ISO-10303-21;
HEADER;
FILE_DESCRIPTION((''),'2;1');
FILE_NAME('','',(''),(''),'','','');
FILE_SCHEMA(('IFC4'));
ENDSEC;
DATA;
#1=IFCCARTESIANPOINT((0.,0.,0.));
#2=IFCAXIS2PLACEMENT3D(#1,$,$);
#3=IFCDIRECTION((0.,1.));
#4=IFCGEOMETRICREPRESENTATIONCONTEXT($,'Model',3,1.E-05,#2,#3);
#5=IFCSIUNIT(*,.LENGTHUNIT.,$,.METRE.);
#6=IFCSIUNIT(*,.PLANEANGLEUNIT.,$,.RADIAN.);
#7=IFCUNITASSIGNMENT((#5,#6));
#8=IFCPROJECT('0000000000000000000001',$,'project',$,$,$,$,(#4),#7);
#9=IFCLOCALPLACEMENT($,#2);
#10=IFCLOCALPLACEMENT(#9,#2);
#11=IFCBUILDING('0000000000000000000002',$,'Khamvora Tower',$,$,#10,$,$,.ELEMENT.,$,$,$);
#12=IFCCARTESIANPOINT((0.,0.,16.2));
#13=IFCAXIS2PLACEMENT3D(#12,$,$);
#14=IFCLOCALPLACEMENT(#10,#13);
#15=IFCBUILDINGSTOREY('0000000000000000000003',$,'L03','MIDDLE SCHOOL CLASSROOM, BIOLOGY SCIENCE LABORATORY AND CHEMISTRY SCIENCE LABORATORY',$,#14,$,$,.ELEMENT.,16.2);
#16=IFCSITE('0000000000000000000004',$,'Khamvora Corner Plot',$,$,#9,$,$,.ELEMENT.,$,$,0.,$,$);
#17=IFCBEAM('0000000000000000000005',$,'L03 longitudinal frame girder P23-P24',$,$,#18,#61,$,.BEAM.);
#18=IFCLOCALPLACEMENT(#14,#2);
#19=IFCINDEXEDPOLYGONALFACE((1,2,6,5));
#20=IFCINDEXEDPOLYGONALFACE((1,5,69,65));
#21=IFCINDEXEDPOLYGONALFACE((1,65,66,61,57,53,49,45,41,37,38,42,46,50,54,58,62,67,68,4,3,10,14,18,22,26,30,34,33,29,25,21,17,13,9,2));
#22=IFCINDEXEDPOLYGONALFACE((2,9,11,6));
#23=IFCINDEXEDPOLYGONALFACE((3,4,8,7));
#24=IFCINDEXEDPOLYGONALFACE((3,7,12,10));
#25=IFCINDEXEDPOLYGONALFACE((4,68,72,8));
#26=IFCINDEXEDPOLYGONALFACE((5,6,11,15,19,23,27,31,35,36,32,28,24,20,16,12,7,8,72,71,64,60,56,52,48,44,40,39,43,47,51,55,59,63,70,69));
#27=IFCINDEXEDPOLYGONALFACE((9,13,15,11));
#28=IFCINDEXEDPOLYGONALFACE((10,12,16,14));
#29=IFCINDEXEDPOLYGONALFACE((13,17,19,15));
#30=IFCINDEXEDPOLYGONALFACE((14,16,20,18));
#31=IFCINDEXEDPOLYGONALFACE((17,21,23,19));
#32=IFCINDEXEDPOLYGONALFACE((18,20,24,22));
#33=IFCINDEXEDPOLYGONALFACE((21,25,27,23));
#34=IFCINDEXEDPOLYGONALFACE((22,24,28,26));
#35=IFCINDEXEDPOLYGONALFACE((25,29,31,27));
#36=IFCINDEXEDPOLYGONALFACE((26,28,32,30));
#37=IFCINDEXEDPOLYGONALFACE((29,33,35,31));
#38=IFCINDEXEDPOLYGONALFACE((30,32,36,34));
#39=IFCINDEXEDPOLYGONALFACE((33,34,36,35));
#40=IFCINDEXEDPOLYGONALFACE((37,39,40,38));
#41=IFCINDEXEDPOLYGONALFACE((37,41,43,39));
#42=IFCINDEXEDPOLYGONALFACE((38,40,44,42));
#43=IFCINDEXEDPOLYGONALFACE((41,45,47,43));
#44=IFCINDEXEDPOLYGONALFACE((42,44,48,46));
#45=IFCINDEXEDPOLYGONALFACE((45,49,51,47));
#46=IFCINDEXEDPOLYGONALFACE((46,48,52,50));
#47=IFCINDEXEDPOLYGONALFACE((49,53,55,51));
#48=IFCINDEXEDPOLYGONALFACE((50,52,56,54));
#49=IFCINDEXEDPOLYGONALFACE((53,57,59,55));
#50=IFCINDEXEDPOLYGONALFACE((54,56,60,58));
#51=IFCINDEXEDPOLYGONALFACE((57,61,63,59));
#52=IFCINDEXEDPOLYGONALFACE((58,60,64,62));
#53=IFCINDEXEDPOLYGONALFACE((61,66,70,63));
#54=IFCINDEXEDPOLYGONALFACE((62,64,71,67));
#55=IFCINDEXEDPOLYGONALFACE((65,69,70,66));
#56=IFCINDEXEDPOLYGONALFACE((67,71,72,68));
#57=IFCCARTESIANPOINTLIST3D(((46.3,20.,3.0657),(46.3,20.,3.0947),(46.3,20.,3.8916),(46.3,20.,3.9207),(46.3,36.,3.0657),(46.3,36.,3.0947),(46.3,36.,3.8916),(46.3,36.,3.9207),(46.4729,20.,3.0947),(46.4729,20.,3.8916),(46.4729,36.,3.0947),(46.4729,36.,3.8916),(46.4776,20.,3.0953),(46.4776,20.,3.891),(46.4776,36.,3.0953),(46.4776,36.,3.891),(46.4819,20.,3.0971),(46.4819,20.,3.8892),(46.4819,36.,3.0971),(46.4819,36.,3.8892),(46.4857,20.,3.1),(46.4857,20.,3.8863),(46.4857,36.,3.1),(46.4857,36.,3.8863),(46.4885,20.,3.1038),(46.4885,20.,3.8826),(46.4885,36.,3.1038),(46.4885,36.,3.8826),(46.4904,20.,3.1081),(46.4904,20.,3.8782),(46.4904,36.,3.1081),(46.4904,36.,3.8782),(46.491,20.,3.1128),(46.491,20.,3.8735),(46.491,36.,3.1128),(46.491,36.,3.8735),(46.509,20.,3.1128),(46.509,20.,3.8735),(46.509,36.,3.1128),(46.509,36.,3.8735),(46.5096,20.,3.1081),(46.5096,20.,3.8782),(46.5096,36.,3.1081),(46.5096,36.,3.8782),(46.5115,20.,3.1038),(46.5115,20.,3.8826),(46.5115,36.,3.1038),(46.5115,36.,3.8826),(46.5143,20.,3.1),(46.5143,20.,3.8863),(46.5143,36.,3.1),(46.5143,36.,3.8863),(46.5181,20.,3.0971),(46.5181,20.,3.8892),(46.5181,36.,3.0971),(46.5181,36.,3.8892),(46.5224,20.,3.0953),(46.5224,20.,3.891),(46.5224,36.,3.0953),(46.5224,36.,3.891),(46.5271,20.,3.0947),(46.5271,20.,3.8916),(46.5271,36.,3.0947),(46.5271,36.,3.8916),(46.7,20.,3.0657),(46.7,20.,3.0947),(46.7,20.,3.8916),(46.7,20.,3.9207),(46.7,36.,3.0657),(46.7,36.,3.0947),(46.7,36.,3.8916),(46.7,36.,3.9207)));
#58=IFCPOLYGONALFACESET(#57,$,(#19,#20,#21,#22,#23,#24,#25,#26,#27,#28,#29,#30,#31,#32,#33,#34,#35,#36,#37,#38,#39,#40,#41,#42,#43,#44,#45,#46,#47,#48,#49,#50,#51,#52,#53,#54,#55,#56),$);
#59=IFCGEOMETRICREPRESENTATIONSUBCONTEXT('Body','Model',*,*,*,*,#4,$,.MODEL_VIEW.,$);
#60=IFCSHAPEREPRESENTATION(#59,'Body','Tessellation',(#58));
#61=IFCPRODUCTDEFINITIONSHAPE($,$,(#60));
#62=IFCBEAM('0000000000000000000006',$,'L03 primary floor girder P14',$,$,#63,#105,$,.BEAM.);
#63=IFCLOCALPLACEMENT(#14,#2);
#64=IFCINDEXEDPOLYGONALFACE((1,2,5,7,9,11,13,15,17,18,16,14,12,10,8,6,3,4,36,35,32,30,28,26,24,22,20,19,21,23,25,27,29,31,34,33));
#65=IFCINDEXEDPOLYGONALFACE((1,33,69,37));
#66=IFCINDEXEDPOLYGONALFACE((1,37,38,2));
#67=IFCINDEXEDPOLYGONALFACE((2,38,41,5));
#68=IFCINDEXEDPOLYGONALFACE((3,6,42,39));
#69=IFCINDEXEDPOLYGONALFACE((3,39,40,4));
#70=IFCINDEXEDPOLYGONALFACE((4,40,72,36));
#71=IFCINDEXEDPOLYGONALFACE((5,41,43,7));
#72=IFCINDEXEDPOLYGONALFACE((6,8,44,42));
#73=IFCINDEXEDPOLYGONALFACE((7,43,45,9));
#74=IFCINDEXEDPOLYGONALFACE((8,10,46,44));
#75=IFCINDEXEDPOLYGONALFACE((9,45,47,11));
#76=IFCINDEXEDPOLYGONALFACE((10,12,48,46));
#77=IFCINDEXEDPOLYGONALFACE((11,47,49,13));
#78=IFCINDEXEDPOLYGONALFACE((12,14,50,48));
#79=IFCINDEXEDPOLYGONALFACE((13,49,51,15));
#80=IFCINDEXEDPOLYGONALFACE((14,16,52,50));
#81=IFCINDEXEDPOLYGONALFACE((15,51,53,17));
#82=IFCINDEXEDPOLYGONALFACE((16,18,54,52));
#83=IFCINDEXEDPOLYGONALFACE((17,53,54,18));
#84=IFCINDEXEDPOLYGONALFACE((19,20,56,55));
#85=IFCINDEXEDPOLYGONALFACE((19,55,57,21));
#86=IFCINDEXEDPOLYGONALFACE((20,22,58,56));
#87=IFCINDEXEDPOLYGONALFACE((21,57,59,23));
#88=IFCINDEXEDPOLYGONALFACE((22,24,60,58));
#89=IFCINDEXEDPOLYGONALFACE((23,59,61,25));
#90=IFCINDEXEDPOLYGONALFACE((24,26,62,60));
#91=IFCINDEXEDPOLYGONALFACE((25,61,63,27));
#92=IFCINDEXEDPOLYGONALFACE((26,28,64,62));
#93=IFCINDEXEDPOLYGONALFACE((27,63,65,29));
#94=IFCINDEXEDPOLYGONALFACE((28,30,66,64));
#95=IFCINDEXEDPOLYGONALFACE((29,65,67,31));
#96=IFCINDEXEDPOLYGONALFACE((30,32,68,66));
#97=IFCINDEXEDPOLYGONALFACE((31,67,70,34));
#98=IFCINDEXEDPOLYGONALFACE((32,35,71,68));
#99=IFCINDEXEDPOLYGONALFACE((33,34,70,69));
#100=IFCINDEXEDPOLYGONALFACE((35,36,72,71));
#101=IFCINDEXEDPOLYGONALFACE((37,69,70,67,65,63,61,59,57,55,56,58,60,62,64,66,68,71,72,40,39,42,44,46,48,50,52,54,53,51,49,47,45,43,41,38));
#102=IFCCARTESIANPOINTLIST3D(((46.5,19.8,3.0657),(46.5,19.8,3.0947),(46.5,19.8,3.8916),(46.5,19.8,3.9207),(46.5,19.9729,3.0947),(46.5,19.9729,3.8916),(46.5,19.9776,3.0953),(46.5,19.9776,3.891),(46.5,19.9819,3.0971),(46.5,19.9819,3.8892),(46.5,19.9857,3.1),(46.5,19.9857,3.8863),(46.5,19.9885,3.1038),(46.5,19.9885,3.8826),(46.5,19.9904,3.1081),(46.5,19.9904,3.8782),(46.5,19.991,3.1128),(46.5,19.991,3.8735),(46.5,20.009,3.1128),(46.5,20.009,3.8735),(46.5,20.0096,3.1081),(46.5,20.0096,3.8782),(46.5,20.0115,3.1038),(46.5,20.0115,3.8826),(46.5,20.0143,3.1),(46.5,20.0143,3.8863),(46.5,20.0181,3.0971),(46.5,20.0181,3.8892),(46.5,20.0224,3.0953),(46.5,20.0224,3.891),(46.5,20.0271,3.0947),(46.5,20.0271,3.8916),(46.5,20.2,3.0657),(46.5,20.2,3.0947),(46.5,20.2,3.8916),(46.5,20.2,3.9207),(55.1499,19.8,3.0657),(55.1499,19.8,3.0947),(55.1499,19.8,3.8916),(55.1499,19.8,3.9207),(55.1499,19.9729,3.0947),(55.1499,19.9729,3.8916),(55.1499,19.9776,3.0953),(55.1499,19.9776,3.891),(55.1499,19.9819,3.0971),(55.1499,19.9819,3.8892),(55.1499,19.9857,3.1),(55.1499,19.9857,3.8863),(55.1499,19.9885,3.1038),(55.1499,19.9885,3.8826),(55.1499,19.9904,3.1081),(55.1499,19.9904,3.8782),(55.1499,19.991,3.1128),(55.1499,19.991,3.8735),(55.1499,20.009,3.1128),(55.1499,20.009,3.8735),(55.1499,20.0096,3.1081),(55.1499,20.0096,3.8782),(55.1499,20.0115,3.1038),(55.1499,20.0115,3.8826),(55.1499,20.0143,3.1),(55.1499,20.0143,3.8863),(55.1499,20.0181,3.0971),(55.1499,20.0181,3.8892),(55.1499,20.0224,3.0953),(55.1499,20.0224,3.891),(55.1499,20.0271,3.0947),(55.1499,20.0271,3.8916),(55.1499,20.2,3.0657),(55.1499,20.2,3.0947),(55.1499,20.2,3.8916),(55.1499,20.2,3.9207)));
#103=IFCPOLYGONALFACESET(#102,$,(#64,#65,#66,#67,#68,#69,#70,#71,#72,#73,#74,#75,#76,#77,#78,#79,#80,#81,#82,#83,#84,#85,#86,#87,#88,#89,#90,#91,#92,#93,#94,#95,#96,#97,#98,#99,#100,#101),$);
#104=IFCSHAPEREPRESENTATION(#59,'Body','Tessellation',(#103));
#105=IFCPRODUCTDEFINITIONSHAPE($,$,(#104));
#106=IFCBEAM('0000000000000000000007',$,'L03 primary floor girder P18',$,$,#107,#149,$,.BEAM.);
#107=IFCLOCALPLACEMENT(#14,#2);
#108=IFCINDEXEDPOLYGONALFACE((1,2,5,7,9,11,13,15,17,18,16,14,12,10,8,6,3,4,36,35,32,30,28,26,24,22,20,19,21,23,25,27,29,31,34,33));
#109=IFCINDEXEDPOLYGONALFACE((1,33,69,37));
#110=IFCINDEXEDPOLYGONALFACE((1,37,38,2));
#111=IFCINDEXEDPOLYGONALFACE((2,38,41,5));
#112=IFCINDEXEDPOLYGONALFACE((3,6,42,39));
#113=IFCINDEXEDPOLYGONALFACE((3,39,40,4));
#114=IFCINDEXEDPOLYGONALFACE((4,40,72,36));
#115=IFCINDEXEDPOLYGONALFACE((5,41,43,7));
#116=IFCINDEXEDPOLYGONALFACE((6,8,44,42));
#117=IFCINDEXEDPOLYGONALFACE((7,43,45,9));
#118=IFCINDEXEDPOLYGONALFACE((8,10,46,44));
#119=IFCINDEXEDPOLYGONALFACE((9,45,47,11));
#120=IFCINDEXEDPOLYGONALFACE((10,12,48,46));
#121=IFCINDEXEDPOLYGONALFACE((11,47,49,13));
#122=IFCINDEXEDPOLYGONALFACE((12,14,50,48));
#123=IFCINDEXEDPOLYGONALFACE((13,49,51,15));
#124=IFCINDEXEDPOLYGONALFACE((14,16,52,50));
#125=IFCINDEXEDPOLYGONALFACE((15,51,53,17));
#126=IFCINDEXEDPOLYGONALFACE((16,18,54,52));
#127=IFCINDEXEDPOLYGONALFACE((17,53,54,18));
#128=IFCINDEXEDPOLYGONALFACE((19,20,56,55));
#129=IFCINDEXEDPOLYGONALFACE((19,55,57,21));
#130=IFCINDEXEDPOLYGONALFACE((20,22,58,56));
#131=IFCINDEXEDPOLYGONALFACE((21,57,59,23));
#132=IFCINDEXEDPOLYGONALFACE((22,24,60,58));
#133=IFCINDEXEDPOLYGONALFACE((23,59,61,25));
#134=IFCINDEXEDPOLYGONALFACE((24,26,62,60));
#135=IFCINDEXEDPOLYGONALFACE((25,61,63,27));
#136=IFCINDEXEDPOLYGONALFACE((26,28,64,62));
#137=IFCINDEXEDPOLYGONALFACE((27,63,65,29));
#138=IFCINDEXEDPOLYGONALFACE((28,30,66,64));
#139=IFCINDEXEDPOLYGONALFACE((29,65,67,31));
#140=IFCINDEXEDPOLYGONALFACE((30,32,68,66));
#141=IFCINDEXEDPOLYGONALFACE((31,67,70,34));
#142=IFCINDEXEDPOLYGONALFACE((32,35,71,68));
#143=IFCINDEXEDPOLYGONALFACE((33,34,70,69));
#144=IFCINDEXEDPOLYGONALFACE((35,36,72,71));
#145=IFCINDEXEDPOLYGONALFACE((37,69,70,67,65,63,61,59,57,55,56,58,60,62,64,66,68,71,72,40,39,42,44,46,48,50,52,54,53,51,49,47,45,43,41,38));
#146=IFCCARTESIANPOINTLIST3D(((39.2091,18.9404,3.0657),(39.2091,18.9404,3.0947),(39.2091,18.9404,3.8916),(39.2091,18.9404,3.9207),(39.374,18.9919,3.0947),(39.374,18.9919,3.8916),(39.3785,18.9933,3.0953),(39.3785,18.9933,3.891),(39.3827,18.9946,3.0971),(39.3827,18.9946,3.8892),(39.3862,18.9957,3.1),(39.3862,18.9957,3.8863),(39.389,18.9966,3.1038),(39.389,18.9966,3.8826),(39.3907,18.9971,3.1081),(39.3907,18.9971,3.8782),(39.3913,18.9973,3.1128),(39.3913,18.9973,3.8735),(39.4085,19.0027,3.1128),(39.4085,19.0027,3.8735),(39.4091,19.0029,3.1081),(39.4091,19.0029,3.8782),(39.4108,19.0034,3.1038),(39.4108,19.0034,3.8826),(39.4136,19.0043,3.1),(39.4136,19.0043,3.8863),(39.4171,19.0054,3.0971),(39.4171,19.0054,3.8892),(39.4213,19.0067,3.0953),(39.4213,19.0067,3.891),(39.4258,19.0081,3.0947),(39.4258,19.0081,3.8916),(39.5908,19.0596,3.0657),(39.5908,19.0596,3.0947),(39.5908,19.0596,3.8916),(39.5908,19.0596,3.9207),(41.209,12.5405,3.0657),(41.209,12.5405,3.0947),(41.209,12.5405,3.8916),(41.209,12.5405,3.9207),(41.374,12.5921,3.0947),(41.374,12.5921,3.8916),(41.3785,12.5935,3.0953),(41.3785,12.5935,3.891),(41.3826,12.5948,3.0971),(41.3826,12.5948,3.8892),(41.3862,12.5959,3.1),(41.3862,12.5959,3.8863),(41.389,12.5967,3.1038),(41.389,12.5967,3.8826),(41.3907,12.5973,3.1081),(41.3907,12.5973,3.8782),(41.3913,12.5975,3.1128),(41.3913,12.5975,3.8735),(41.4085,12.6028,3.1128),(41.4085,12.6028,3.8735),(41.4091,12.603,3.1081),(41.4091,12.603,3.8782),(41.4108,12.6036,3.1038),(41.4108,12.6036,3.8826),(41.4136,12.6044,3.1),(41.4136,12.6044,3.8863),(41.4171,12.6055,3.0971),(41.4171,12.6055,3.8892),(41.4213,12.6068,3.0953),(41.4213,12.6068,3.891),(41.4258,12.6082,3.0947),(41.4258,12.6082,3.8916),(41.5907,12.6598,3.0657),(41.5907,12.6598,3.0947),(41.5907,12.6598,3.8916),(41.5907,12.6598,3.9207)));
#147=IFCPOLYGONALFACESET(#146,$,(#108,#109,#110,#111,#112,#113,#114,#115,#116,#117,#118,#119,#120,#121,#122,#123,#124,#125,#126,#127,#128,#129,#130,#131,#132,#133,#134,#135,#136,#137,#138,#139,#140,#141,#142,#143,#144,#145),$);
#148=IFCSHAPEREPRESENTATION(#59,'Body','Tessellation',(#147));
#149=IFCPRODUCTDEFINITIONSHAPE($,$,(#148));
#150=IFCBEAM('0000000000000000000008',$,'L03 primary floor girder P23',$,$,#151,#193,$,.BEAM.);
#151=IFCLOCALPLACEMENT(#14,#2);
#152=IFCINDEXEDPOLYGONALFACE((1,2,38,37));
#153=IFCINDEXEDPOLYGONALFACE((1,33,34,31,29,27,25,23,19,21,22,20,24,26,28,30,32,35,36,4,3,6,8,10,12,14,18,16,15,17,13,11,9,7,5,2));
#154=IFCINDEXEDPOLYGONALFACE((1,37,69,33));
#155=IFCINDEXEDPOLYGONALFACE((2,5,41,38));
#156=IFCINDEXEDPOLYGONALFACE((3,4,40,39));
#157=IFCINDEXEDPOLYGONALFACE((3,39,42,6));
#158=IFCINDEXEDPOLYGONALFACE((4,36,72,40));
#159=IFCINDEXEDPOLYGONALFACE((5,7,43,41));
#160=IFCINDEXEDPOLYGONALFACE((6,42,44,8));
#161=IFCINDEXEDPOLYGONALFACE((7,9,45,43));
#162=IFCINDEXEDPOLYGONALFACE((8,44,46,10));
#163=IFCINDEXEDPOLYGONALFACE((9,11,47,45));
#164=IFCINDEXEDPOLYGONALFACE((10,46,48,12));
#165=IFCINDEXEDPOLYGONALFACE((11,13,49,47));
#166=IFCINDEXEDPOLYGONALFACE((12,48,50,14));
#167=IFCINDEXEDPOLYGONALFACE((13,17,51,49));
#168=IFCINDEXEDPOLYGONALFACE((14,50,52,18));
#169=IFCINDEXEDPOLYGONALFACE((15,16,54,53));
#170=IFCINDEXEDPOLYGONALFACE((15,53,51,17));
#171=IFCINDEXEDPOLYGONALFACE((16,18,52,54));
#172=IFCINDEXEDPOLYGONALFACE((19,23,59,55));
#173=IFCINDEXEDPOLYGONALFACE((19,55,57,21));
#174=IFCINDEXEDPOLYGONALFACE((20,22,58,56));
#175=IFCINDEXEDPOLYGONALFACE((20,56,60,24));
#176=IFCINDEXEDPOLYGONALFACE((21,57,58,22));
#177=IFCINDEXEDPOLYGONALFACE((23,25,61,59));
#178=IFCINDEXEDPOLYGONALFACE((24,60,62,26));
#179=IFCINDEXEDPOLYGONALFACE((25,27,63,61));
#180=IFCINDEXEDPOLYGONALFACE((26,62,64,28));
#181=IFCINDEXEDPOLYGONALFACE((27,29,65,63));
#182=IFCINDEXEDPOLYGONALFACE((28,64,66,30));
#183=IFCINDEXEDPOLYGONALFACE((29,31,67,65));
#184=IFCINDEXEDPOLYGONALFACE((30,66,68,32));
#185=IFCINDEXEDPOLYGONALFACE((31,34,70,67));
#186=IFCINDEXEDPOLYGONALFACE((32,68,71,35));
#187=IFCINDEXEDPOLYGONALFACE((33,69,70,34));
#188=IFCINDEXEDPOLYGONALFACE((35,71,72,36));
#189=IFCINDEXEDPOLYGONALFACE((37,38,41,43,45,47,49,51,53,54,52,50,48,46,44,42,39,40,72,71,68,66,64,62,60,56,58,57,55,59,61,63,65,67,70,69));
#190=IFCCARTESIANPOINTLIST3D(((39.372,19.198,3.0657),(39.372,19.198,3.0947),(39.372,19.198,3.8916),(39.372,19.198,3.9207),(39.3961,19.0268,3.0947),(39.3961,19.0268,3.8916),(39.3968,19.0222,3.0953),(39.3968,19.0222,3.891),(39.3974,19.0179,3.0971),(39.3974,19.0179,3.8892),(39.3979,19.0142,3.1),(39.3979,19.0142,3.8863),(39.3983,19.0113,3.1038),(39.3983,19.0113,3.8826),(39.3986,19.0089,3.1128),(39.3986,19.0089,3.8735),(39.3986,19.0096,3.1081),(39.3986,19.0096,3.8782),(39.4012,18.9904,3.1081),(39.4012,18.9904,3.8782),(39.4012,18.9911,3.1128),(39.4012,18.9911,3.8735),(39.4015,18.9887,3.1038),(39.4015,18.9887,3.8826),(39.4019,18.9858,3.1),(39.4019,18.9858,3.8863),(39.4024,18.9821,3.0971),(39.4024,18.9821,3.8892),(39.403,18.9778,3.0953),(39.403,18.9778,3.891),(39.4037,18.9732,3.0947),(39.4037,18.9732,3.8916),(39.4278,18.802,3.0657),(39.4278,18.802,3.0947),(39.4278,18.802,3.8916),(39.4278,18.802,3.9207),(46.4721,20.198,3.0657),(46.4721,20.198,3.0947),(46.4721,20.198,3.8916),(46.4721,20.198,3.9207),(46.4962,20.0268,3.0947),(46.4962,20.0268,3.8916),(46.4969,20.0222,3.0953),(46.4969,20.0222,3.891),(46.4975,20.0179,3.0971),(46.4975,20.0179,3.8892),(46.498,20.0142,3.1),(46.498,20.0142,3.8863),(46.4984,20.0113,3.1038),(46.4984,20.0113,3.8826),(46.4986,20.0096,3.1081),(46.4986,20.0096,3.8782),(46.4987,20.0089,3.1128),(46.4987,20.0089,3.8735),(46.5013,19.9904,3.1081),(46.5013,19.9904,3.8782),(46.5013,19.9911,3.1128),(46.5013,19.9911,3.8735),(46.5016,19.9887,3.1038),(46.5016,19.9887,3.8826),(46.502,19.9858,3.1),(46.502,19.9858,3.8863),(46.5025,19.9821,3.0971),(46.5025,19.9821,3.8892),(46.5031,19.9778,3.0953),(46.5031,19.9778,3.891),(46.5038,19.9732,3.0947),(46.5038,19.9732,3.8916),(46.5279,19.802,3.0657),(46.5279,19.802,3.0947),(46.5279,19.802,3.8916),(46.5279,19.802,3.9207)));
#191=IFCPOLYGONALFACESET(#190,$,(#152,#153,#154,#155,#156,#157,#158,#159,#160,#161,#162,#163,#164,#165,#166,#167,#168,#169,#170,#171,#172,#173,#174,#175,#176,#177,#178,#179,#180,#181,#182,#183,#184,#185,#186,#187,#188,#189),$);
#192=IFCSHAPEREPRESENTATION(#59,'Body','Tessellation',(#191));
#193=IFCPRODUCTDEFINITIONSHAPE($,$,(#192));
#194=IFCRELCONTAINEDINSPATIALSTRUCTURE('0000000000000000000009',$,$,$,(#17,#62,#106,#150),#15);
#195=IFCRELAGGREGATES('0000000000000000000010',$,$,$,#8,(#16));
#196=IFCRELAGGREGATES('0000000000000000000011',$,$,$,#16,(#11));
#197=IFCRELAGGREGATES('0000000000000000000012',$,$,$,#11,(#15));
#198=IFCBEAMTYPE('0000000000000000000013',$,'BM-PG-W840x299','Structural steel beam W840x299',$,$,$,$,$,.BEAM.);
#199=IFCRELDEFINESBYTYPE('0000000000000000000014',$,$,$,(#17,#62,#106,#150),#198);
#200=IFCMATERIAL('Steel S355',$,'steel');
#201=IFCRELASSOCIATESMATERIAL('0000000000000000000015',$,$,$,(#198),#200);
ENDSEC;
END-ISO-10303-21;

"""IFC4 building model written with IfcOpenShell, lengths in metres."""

from ifc_helpers import new_model, si_unit, direction, frame, origin, origin_2d, place, context, subcontext, project, spatial, i_section, extrude, material, material_profile, profile_set, type_object, element, save


model = new_model("IFC4")

# Units and contexts
model_context = context("Model", 3, precision=1e-05, world=origin(), true_north=direction((0.0, 1.0)))
body_context = subcontext(model_context, "Body", "Model", "MODEL_VIEW")
ifc_project = project(units=[si_unit("LENGTHUNIT", "METRE"), si_unit("PLANEANGLEUNIT", "RADIAN")], contexts=[model_context])

# Site, building, storey
site_placement = place(None, origin())
site = spatial("IfcSite", under=ifc_project, at=site_placement, Name="Khamvora Corner Plot", CompositionType="ELEMENT", RefElevation=0.0)
building_placement = place(site_placement, origin())
building = spatial("IfcBuilding", under=site, at=building_placement, Name="Khamvora Tower", CompositionType="ELEMENT")
storey_placement = place(building_placement, frame((0.0, 0.0, 16.2)))
storey = spatial("IfcBuildingStorey", under=building, at=storey_placement, Name="L03", Description="MIDDLE SCHOOL CLASSROOM, BIOLOGY SCIENCE LABORATORY AND CHEMISTRY SCIENCE LABORATORY", CompositionType="ELEMENT", Elevation=16.2)

# Beams
ifc_material_1 = material(Name="Steel S355", Category="steel")
ifc_material_profile_1 = material_profile(ifc_material_1, i_section(OverallWidth=0.3999, OverallDepth=0.855, WebThickness=0.0181, FlangeThickness=0.0291, FilletRadius=0.0181, at=origin_2d()), Name="W840x299")
ifc_profile_set_1 = profile_set([ifc_material_profile_1], Name="Steel S355")
beam_type_1 = type_object("IfcBeamType", Name="BM-PG-W840x299", Description="Structural steel beam W840x299", PredefinedType="BEAM", material=ifc_profile_set_1)
beam_1_placement = place(storey_placement, frame((46.5, 20.0, 3.4932), z_axis=(0.0, 1.0, 0.0), x_axis=(-1.0, 0.0, 0.0)))
element("IfcBeam", 1, at=beam_1_placement, inside=storey, type_object=beam_type_1, Name="L03 longitudinal frame girder P23-P24", PredefinedType="BEAM", context=body_context, shape_type="SweptSolid", body=[
    extrude(i_section(OverallWidth=0.3999, OverallDepth=0.855, WebThickness=0.0181, FlangeThickness=0.0291, FilletRadius=0.0181, at=origin_2d()), origin(), (0.0, 0.0, 1.0), 16.0),
])
beam_2_placement = place(storey_placement, frame((46.5, 20.0, 3.4932), z_axis=(1.0, 0.0, 0.0), x_axis=(0.0, 1.0, 0.0)))
element("IfcBeam", 2, at=beam_2_placement, inside=storey, type_object=beam_type_1, Name="L03 primary floor girder P14", PredefinedType="BEAM", context=body_context, shape_type="SweptSolid", body=[
    extrude(i_section(OverallWidth=0.3999, OverallDepth=0.855, WebThickness=0.0181, FlangeThickness=0.0291, FilletRadius=0.0181, at=origin_2d()), origin(), (0.0, 0.0, 1.0), 8.6499),
])
beam_3_placement = place(storey_placement, frame((39.3999, 19.0, 3.4932), z_axis=(0.298279, -0.954479, 0.0), x_axis=(0.954479, 0.298279, 0.0)))
element("IfcBeam", 3, at=beam_3_placement, inside=storey, type_object=beam_type_1, Name="L03 primary floor girder P18", PredefinedType="BEAM", context=body_context, shape_type="SweptSolid", body=[
    extrude(i_section(OverallWidth=0.3999, OverallDepth=0.855, WebThickness=0.0181, FlangeThickness=0.0291, FilletRadius=0.0181, at=origin_2d()), origin(), (0.0, 0.0, 1.0), 6.7051),
])
beam_4_placement = place(storey_placement, frame((39.3999, 19.0, 3.4932), z_axis=(0.990227, 0.139467, 0.0), x_axis=(-0.139467, 0.990227, 0.0)))
element("IfcBeam", 4, at=beam_4_placement, inside=storey, type_object=beam_type_1, Name="L03 primary floor girder P23", PredefinedType="BEAM", context=body_context, shape_type="SweptSolid", body=[
    extrude(i_section(OverallWidth=0.3999, OverallDepth=0.855, WebThickness=0.0181, FlangeThickness=0.0291, FilletRadius=0.0181, at=origin_2d()), origin(), (0.0, 0.0, 1.0), 7.1702),
])

save(model, "model.ifc")
